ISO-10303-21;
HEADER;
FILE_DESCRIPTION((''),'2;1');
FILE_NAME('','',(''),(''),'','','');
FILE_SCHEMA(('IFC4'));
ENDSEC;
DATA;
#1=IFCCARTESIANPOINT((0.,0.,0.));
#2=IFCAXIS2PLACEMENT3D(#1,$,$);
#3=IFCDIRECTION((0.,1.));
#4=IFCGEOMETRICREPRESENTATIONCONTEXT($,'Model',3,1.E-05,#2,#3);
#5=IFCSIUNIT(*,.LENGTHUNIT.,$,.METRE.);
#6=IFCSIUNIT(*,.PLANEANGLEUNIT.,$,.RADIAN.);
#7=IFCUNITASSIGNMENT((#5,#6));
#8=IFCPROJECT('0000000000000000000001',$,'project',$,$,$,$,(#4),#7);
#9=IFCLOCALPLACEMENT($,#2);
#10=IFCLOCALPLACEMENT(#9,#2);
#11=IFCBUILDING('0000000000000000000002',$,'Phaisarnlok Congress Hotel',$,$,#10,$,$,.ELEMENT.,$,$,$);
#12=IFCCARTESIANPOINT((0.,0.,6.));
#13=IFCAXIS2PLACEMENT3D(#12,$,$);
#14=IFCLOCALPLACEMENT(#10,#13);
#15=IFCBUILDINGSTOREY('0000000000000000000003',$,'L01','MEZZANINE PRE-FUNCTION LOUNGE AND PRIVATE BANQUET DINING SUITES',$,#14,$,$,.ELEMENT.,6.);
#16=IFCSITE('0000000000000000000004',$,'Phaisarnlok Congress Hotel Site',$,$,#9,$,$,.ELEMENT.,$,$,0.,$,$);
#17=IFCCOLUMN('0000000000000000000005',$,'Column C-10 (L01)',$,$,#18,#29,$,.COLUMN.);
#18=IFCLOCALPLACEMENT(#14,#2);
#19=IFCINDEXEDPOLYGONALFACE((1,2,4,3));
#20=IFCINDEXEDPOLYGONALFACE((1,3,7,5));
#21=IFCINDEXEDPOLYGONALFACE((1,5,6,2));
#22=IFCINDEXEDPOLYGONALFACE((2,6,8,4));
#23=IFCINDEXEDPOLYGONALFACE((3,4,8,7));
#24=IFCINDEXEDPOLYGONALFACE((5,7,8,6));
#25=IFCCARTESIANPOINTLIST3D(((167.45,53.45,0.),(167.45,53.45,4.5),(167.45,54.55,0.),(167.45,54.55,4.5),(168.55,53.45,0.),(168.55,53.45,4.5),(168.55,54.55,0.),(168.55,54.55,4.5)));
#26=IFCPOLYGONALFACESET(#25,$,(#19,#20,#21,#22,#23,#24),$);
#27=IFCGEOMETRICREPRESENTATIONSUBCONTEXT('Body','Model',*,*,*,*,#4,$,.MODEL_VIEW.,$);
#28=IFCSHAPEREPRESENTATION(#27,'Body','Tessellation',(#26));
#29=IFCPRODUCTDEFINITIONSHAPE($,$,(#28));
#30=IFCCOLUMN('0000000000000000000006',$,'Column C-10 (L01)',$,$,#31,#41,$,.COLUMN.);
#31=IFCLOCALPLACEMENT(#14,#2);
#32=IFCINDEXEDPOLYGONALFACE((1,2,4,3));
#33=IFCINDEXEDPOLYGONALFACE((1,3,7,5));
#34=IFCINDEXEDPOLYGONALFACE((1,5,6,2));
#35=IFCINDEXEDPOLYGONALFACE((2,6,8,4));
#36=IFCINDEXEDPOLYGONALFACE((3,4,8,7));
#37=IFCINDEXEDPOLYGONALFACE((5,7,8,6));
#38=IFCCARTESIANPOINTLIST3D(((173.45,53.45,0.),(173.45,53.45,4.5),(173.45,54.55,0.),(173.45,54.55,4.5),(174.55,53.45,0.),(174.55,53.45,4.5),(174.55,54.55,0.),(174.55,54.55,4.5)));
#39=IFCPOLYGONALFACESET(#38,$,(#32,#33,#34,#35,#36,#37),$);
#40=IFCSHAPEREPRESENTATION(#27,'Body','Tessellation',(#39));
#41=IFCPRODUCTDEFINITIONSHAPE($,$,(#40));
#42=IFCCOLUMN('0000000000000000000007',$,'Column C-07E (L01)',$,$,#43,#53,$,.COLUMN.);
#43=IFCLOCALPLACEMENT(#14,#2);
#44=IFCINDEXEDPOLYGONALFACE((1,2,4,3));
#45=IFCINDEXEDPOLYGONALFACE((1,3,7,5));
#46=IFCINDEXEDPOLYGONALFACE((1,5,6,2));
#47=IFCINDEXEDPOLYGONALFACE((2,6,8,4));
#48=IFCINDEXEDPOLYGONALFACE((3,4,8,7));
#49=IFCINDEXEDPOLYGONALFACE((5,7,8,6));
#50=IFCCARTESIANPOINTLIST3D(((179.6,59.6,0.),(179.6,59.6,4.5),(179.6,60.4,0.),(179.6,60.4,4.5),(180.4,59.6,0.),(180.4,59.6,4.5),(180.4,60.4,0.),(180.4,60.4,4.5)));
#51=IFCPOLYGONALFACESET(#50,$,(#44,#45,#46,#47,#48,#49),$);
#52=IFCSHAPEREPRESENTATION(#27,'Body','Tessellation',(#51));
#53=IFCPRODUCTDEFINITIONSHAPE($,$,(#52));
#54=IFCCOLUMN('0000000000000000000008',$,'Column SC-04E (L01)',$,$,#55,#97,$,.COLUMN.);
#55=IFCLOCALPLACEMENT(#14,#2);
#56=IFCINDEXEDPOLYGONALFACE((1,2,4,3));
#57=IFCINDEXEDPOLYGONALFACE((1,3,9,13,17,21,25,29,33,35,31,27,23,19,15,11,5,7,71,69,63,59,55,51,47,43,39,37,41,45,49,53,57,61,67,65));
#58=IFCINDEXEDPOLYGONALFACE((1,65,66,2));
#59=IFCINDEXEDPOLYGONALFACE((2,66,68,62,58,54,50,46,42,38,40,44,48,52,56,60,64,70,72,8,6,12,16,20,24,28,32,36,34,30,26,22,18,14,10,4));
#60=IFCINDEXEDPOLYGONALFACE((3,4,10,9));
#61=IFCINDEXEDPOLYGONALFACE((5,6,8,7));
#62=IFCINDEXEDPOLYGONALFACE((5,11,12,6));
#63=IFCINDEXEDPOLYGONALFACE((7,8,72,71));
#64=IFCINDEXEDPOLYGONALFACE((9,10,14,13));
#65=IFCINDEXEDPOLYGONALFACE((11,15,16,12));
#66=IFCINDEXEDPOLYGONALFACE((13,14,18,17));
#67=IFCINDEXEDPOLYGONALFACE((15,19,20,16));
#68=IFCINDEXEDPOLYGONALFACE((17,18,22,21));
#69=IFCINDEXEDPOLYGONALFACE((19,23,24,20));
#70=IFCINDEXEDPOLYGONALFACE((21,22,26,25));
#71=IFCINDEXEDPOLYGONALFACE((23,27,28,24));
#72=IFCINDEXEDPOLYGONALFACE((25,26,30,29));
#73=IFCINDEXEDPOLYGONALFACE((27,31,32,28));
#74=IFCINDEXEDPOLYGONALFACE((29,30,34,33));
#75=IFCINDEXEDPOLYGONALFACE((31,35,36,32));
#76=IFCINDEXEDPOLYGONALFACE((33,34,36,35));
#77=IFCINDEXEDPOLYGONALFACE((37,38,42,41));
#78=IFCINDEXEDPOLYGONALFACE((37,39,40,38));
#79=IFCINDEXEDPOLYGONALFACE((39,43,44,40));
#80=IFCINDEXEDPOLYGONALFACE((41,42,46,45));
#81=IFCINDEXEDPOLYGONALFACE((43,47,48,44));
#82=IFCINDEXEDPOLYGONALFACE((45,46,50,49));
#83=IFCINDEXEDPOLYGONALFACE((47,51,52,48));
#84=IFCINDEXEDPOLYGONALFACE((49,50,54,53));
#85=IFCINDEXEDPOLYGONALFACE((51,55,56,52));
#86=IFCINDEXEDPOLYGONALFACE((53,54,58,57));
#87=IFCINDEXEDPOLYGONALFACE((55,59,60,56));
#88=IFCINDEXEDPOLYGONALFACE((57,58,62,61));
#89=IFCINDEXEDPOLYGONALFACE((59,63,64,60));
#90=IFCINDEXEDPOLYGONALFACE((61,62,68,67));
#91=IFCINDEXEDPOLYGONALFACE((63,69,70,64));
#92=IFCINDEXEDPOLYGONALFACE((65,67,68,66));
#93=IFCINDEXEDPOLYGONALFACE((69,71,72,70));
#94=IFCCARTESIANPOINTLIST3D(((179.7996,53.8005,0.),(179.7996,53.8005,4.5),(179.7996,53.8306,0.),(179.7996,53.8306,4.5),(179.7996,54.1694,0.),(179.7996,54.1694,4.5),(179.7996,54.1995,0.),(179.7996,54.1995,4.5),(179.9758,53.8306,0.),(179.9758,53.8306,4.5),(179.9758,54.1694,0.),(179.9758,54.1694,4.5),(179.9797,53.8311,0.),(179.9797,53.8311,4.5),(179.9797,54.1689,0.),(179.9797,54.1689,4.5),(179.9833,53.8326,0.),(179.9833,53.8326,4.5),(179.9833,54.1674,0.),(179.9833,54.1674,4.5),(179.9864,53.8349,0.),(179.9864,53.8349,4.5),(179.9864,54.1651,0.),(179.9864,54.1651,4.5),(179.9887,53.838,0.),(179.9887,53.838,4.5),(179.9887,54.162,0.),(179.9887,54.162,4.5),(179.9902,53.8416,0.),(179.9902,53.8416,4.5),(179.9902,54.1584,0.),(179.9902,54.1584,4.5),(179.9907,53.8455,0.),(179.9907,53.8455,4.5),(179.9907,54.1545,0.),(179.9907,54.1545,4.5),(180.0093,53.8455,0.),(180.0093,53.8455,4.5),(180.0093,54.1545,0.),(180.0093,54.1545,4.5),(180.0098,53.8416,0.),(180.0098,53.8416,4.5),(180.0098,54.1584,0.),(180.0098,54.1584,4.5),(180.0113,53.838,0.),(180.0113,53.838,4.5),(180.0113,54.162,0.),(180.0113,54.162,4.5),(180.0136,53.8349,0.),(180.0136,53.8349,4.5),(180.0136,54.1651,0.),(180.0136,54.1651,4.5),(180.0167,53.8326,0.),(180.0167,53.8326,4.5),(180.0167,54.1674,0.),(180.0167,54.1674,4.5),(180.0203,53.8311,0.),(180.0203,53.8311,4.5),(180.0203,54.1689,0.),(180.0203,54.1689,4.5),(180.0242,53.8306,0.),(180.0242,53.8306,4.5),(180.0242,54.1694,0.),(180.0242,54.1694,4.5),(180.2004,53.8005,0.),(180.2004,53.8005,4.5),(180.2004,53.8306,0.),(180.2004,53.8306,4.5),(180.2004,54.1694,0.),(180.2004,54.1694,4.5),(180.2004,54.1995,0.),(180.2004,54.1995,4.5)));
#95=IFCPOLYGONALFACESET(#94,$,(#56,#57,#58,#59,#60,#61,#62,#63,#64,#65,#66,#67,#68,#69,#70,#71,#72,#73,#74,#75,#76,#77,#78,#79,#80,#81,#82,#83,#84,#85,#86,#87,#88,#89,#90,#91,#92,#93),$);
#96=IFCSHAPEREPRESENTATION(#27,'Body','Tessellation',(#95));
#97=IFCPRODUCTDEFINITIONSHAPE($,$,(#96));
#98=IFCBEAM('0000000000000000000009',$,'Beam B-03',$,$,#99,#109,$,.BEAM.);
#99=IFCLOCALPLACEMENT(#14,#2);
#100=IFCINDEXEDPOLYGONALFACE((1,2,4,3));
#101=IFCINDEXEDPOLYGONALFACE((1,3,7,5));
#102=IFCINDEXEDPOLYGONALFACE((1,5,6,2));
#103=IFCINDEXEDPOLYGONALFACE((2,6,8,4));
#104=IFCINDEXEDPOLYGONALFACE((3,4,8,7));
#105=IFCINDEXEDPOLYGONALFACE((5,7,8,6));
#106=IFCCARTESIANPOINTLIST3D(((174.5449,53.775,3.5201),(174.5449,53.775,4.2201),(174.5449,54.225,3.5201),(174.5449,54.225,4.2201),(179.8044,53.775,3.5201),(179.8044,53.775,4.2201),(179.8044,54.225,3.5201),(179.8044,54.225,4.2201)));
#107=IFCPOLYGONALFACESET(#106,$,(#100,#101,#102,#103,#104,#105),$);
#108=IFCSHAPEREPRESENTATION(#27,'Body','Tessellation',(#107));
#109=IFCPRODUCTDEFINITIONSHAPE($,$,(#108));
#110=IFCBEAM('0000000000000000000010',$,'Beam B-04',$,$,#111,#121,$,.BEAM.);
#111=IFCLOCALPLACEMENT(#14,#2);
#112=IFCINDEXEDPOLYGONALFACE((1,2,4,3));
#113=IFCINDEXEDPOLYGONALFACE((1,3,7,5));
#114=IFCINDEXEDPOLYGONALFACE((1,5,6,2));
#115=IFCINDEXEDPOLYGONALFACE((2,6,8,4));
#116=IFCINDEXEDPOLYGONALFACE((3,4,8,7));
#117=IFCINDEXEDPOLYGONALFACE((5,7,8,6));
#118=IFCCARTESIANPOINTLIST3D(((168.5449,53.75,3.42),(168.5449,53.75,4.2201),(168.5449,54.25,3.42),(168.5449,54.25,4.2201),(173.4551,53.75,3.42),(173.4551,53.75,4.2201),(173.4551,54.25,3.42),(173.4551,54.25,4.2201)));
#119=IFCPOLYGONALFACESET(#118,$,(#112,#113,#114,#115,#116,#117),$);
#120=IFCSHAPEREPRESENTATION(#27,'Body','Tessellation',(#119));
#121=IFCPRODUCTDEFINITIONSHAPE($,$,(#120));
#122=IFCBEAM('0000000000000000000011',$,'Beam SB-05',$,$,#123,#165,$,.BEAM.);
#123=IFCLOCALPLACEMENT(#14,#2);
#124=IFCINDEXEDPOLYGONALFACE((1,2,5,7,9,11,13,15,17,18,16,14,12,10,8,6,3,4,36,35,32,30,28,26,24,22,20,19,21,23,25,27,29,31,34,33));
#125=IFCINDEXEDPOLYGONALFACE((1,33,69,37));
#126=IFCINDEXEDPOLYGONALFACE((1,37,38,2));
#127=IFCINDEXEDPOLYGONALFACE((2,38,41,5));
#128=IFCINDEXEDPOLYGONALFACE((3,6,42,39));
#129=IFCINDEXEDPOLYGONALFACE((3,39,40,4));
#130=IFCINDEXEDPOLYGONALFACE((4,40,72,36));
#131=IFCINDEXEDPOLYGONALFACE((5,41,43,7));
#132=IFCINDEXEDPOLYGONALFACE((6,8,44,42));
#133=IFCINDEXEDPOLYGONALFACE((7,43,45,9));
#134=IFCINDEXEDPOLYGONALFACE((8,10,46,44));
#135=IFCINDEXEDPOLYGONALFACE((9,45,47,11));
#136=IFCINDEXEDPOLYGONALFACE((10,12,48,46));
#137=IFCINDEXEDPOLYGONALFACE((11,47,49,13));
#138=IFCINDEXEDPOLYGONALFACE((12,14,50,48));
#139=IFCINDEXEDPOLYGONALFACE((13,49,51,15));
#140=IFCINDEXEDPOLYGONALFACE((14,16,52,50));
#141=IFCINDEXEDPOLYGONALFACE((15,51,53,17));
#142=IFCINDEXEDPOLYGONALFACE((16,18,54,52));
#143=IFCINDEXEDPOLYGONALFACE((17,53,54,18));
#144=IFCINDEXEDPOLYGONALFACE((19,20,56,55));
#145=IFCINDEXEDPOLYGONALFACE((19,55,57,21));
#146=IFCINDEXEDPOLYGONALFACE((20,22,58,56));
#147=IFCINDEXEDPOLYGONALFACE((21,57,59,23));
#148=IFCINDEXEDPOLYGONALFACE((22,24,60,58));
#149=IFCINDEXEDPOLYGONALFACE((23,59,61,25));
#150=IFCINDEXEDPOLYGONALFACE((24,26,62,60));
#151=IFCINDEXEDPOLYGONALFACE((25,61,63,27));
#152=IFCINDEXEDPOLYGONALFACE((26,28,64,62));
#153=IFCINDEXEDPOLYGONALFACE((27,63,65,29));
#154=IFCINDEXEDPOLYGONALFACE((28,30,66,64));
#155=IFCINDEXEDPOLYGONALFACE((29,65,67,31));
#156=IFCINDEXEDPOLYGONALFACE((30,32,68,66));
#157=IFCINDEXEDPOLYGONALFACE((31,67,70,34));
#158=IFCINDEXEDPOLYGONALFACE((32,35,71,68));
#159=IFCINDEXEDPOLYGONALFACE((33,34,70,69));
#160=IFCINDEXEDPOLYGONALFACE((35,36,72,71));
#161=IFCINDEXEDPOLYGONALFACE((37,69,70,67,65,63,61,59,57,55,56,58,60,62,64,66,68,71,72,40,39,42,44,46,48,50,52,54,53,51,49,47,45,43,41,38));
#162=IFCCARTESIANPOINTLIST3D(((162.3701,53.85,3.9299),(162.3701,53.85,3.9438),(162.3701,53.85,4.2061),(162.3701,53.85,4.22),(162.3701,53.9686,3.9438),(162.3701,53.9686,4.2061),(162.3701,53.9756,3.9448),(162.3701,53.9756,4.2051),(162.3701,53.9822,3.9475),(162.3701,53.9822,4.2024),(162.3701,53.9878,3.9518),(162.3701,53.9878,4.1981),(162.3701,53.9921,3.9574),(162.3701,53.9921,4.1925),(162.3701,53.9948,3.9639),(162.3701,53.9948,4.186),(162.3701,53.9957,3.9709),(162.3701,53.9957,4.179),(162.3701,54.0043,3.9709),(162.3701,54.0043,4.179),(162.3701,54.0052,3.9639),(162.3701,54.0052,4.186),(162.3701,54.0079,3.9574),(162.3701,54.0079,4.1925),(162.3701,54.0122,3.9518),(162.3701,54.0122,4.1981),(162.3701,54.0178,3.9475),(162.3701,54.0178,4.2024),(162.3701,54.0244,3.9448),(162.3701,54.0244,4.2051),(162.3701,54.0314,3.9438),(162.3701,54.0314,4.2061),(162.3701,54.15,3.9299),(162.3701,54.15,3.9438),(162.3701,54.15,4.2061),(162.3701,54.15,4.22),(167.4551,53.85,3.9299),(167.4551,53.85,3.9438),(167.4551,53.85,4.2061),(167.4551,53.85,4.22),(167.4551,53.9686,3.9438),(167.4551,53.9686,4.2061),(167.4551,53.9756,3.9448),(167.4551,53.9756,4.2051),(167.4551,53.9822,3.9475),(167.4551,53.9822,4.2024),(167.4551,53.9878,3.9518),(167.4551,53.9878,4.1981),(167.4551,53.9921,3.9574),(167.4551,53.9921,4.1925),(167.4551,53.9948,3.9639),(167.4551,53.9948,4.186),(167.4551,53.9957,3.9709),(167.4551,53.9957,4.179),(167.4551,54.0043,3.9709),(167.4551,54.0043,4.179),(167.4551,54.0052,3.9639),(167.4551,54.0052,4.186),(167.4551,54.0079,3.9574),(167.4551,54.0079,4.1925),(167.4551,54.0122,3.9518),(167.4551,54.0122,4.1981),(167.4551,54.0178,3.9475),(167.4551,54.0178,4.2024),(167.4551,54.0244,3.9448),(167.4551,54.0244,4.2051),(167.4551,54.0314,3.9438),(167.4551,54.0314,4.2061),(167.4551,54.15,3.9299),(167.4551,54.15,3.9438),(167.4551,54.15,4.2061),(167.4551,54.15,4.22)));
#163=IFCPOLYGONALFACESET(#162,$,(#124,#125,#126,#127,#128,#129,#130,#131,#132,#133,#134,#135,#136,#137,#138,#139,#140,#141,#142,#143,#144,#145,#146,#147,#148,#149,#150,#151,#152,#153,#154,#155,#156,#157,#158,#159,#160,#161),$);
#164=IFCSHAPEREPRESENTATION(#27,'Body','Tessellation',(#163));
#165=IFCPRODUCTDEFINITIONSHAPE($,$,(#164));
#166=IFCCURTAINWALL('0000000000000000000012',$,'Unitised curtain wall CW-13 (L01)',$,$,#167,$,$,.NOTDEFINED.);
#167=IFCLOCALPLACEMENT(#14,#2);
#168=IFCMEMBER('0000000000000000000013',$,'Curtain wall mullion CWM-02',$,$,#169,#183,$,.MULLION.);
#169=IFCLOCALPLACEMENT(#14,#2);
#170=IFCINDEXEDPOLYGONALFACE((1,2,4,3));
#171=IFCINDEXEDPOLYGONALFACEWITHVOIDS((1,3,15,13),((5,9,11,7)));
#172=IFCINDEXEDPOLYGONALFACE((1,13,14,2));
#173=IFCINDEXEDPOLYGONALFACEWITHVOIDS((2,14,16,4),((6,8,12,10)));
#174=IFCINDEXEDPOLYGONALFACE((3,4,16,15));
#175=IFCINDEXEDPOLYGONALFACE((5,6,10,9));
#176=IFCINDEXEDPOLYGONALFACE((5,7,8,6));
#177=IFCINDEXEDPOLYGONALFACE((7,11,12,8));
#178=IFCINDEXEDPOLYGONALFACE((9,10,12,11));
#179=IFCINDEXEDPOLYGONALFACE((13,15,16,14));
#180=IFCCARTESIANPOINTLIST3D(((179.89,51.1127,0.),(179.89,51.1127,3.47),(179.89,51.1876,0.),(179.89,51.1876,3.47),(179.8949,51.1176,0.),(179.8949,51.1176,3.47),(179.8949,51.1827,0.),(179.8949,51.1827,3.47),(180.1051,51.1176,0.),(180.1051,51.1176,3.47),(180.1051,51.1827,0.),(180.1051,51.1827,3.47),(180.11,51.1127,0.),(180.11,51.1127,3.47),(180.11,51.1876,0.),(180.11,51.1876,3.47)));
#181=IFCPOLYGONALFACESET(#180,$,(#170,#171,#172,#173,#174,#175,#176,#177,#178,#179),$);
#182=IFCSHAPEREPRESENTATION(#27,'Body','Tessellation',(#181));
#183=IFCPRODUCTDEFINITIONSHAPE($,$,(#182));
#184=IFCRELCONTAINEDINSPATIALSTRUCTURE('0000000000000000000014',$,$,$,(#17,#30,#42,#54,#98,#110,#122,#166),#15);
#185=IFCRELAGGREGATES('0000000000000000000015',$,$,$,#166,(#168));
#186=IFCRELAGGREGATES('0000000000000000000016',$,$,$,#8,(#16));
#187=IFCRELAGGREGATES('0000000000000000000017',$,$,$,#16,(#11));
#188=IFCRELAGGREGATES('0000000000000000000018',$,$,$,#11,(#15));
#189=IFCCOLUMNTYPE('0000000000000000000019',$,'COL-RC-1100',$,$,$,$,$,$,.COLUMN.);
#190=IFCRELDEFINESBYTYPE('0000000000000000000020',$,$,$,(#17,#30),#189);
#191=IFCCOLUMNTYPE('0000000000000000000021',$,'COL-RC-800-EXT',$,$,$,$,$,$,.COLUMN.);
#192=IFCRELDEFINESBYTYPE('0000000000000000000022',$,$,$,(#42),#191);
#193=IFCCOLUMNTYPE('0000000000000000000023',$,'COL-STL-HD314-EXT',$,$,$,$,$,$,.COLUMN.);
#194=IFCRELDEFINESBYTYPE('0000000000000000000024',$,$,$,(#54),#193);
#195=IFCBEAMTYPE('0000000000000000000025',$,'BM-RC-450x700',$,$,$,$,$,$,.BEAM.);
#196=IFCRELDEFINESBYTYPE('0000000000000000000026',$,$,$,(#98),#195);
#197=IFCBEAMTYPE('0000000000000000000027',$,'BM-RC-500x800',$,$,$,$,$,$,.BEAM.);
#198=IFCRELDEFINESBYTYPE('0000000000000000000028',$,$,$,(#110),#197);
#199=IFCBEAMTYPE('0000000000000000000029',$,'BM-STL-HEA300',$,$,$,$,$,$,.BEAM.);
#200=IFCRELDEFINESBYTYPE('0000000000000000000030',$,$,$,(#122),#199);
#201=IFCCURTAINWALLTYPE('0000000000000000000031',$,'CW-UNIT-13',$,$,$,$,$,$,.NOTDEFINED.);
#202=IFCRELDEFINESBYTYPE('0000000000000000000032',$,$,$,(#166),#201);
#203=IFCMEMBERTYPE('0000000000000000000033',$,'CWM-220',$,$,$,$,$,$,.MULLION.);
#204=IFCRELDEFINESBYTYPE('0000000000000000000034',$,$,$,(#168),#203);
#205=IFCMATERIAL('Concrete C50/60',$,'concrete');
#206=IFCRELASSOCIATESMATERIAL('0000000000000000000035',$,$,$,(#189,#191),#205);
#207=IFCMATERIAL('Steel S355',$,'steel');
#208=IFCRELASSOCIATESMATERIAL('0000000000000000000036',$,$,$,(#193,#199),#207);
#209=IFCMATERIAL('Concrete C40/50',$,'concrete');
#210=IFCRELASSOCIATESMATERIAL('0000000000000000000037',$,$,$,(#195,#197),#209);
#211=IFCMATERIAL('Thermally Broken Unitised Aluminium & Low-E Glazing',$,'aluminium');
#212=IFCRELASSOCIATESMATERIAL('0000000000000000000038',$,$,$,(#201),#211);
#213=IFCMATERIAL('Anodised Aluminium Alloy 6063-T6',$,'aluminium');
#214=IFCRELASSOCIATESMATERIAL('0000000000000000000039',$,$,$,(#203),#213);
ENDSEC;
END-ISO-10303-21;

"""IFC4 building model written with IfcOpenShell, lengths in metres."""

from ifc_helpers import new_model, si_unit, direction, frame, origin, origin_2d, place, context, subcontext, project, spatial, rectangle, hollow_rectangle, i_section, extrude, material, material_profile, profile_set, type_object, element, aggregate, save


model = new_model("IFC4")

# Units and contexts
model_context = context("Model", 3, precision=1e-05, world=origin(), true_north=direction((0.0, 1.0)))
body_context = subcontext(model_context, "Body", "Model", "MODEL_VIEW")
ifc_project = project(units=[si_unit("LENGTHUNIT", "METRE"), si_unit("PLANEANGLEUNIT", "RADIAN")], contexts=[model_context])

# Site, building, storey
site_placement = place(None, origin())
site = spatial("IfcSite", under=ifc_project, at=site_placement, Name="Phaisarnlok Congress Hotel Site", CompositionType="ELEMENT", RefElevation=0.0)
building_placement = place(site_placement, origin())
building = spatial("IfcBuilding", under=site, at=building_placement, Name="Phaisarnlok Congress Hotel", CompositionType="ELEMENT")
storey_placement = place(building_placement, frame((0.0, 0.0, 6.0)))
storey = spatial("IfcBuildingStorey", under=building, at=storey_placement, Name="L01", Description="MEZZANINE PRE-FUNCTION LOUNGE AND PRIVATE BANQUET DINING SUITES", CompositionType="ELEMENT", Elevation=6.0)

# Columns
ifc_material_1 = material(Name="Concrete C50/60", Category="concrete")
ifc_material_profile_1 = material_profile(ifc_material_1, rectangle(XDim=1.1001, YDim=1.1001, at=origin_2d()), Name="RC 1100x1100")
ifc_profile_set_1 = profile_set([ifc_material_profile_1], Name="Concrete C50/60")
column_type_1 = type_object("IfcColumnType", Name="COL-RC-1100", PredefinedType="COLUMN", material=ifc_profile_set_1)
for number, where, z_axis, x_axis, name in (
    (1, (168.0, 54.0, 0.0), (0.0, 0.0, 1.0), (1.0, 0.0, 0.0), "Column C-10 (L01)"),
    (2, (174.0, 54.0, 0.0), (0.0, 0.0, 1.0), (1.0, 0.0, 0.0), "Column C-10 (L01)"),
):
    element("IfcColumn", number, at=place(storey_placement, frame(where, z_axis=z_axis, x_axis=x_axis)), inside=storey, type_object=column_type_1, Name=name, PredefinedType="COLUMN", context=body_context, shape_type="SweptSolid", body=[
        extrude(rectangle(XDim=1.1001, YDim=1.1001, at=origin_2d()), origin(), (0.0, 0.0, 1.0), 4.5),
    ])
ifc_material_profile_2 = material_profile(ifc_material_1, rectangle(XDim=0.8, YDim=0.8, at=origin_2d()), Name="RC 800x800")
ifc_profile_set_2 = profile_set([ifc_material_profile_2], Name="Concrete C50/60")
column_type_2 = type_object("IfcColumnType", Name="COL-RC-800-EXT", PredefinedType="COLUMN", material=ifc_profile_set_2)
column_1_placement = place(storey_placement, frame((180.0, 60.0, 0.0), z_axis=(0.0, 0.0, 1.0), x_axis=(1.0, 0.0, 0.0)))
element("IfcColumn", 3, at=column_1_placement, inside=storey, type_object=column_type_2, Name="Column C-07E (L01)", PredefinedType="COLUMN", context=body_context, shape_type="SweptSolid", body=[
    extrude(rectangle(XDim=0.8, YDim=0.8, at=origin_2d()), origin(), (0.0, 0.0, 1.0), 4.5),
])
ifc_material_2 = material(Name="Steel S355", Category="steel")
ifc_material_profile_3 = material_profile(ifc_material_2, i_section(OverallWidth=0.4009, OverallDepth=0.3989, WebThickness=0.0186, FlangeThickness=0.03, FilletRadius=0.0149, at=origin_2d()), Name="HD 400x314")
ifc_profile_set_3 = profile_set([ifc_material_profile_3], Name="Steel S355")
column_type_3 = type_object("IfcColumnType", Name="COL-STL-HD314-EXT", PredefinedType="COLUMN", material=ifc_profile_set_3)
column_2_placement = place(storey_placement, frame((180.0, 54.0, 0.0), z_axis=(0.0, 0.0, 1.0), x_axis=(1.0, 0.0, 0.0)))
element("IfcColumn", 4, at=column_2_placement, inside=storey, type_object=column_type_3, Name="Column SC-04E (L01)", PredefinedType="COLUMN", context=body_context, shape_type="SweptSolid", body=[
    extrude(i_section(OverallWidth=0.4009, OverallDepth=0.3989, WebThickness=0.0186, FlangeThickness=0.03, FilletRadius=0.0149, at=origin_2d()), origin(), (0.0, 0.0, 1.0), 4.5),
])

# Beams
ifc_material_3 = material(Name="Concrete C40/50", Category="concrete")
ifc_material_profile_4 = material_profile(ifc_material_3, rectangle(XDim=0.45, YDim=0.7, at=origin_2d()), Name="RC 450x700")
ifc_profile_set_4 = profile_set([ifc_material_profile_4], Name="Concrete C40/50")
beam_type_1 = type_object("IfcBeamType", Name="BM-RC-450x700", PredefinedType="BEAM", material=ifc_profile_set_4)
beam_1_placement = place(storey_placement, frame((174.5449, 54.0, 3.8701), z_axis=(1.0, 0.0, 0.0), x_axis=(0.0, 1.0, 0.0)))
element("IfcBeam", 5, at=beam_1_placement, inside=storey, type_object=beam_type_1, Name="Beam B-03", PredefinedType="BEAM", context=body_context, shape_type="SweptSolid", body=[
    extrude(rectangle(XDim=0.45, YDim=0.7, at=origin_2d()), origin(), (0.0, 0.0, 1.0), 5.2595),
])
ifc_material_profile_5 = material_profile(ifc_material_3, rectangle(XDim=0.5, YDim=0.8, at=origin_2d()), Name="RC 500x800")
ifc_profile_set_5 = profile_set([ifc_material_profile_5], Name="Concrete C40/50")
beam_type_2 = type_object("IfcBeamType", Name="BM-RC-500x800", PredefinedType="BEAM", material=ifc_profile_set_5)
beam_2_placement = place(storey_placement, frame((168.5449, 54.0, 3.8201), z_axis=(1.0, 0.0, 0.0), x_axis=(0.0, 1.0, 0.0)))
element("IfcBeam", 6, at=beam_2_placement, inside=storey, type_object=beam_type_2, Name="Beam B-04", PredefinedType="BEAM", context=body_context, shape_type="SweptSolid", body=[
    extrude(rectangle(XDim=0.5, YDim=0.8, at=origin_2d()), origin(), (0.0, 0.0, 1.0), 4.9102),
])
ifc_material_profile_6 = material_profile(ifc_material_2, i_section(OverallWidth=0.3, OverallDepth=0.29, WebThickness=0.0085, FlangeThickness=0.0139, FilletRadius=0.0271, at=origin_2d()), Name="HEA 300")
ifc_profile_set_6 = profile_set([ifc_material_profile_6], Name="Steel S355")
beam_type_3 = type_object("IfcBeamType", Name="BM-STL-HEA300", PredefinedType="BEAM", material=ifc_profile_set_6)
beam_3_placement = place(storey_placement, frame((162.3701, 54.0, 4.075), z_axis=(1.0, 0.0, 0.0), x_axis=(0.0, 1.0, 0.0)))
element("IfcBeam", 7, at=beam_3_placement, inside=storey, type_object=beam_type_3, Name="Beam SB-05", PredefinedType="BEAM", context=body_context, shape_type="SweptSolid", body=[
    extrude(i_section(OverallWidth=0.3, OverallDepth=0.29, WebThickness=0.0085, FlangeThickness=0.0139, FilletRadius=0.0271, at=origin_2d()), origin(), (0.0, 0.0, 1.0), 5.085),
])

# Curtain wall, member
ifc_material_4 = material(Name="Thermally Broken Unitised Aluminium & Low-E Glazing", Category="aluminium")
curtain_wall_type_1 = type_object("IfcCurtainWallType", Name="CW-UNIT-13", PredefinedType="NOTDEFINED", material=ifc_material_4)
curtain_wall_1_placement = place(storey_placement, origin())
curtain_wall_1 = element("IfcCurtainWall", 8, at=curtain_wall_1_placement, inside=storey, type_object=curtain_wall_type_1, Name="Unitised curtain wall CW-13 (L01)", PredefinedType="NOTDEFINED")
ifc_material_5 = material(Name="Anodised Aluminium Alloy 6063-T6", Category="aluminium")
ifc_material_profile_7 = material_profile(ifc_material_5, hollow_rectangle(XDim=0.075, YDim=0.22, WallThickness=0.0049, at=origin_2d()), Name="ALU-M 75x220x5")
ifc_profile_set_7 = profile_set([ifc_material_profile_7], Name="Anodised Aluminium Alloy 6063-T6")
member_type_1 = type_object("IfcMemberType", Name="CWM-220", PredefinedType="MULLION", material=ifc_profile_set_7)
member_1_placement = place(storey_placement, frame((180.0, 51.1501, 0.0), z_axis=(0.0, 0.0, 1.0), x_axis=(0.0, 1.0, 0.0)))
member_1 = element("IfcMember", 9, at=member_1_placement, type_object=member_type_1, Name="Curtain wall mullion CWM-02", PredefinedType="MULLION", context=body_context, shape_type="SweptSolid", body=[
    extrude(hollow_rectangle(XDim=0.075, YDim=0.22, WallThickness=0.0049, at=origin_2d()), origin(), (0.0, 0.0, 1.0), 3.47),
])

aggregate(curtain_wall_1, [member_1])

save(model, "model.ifc")
